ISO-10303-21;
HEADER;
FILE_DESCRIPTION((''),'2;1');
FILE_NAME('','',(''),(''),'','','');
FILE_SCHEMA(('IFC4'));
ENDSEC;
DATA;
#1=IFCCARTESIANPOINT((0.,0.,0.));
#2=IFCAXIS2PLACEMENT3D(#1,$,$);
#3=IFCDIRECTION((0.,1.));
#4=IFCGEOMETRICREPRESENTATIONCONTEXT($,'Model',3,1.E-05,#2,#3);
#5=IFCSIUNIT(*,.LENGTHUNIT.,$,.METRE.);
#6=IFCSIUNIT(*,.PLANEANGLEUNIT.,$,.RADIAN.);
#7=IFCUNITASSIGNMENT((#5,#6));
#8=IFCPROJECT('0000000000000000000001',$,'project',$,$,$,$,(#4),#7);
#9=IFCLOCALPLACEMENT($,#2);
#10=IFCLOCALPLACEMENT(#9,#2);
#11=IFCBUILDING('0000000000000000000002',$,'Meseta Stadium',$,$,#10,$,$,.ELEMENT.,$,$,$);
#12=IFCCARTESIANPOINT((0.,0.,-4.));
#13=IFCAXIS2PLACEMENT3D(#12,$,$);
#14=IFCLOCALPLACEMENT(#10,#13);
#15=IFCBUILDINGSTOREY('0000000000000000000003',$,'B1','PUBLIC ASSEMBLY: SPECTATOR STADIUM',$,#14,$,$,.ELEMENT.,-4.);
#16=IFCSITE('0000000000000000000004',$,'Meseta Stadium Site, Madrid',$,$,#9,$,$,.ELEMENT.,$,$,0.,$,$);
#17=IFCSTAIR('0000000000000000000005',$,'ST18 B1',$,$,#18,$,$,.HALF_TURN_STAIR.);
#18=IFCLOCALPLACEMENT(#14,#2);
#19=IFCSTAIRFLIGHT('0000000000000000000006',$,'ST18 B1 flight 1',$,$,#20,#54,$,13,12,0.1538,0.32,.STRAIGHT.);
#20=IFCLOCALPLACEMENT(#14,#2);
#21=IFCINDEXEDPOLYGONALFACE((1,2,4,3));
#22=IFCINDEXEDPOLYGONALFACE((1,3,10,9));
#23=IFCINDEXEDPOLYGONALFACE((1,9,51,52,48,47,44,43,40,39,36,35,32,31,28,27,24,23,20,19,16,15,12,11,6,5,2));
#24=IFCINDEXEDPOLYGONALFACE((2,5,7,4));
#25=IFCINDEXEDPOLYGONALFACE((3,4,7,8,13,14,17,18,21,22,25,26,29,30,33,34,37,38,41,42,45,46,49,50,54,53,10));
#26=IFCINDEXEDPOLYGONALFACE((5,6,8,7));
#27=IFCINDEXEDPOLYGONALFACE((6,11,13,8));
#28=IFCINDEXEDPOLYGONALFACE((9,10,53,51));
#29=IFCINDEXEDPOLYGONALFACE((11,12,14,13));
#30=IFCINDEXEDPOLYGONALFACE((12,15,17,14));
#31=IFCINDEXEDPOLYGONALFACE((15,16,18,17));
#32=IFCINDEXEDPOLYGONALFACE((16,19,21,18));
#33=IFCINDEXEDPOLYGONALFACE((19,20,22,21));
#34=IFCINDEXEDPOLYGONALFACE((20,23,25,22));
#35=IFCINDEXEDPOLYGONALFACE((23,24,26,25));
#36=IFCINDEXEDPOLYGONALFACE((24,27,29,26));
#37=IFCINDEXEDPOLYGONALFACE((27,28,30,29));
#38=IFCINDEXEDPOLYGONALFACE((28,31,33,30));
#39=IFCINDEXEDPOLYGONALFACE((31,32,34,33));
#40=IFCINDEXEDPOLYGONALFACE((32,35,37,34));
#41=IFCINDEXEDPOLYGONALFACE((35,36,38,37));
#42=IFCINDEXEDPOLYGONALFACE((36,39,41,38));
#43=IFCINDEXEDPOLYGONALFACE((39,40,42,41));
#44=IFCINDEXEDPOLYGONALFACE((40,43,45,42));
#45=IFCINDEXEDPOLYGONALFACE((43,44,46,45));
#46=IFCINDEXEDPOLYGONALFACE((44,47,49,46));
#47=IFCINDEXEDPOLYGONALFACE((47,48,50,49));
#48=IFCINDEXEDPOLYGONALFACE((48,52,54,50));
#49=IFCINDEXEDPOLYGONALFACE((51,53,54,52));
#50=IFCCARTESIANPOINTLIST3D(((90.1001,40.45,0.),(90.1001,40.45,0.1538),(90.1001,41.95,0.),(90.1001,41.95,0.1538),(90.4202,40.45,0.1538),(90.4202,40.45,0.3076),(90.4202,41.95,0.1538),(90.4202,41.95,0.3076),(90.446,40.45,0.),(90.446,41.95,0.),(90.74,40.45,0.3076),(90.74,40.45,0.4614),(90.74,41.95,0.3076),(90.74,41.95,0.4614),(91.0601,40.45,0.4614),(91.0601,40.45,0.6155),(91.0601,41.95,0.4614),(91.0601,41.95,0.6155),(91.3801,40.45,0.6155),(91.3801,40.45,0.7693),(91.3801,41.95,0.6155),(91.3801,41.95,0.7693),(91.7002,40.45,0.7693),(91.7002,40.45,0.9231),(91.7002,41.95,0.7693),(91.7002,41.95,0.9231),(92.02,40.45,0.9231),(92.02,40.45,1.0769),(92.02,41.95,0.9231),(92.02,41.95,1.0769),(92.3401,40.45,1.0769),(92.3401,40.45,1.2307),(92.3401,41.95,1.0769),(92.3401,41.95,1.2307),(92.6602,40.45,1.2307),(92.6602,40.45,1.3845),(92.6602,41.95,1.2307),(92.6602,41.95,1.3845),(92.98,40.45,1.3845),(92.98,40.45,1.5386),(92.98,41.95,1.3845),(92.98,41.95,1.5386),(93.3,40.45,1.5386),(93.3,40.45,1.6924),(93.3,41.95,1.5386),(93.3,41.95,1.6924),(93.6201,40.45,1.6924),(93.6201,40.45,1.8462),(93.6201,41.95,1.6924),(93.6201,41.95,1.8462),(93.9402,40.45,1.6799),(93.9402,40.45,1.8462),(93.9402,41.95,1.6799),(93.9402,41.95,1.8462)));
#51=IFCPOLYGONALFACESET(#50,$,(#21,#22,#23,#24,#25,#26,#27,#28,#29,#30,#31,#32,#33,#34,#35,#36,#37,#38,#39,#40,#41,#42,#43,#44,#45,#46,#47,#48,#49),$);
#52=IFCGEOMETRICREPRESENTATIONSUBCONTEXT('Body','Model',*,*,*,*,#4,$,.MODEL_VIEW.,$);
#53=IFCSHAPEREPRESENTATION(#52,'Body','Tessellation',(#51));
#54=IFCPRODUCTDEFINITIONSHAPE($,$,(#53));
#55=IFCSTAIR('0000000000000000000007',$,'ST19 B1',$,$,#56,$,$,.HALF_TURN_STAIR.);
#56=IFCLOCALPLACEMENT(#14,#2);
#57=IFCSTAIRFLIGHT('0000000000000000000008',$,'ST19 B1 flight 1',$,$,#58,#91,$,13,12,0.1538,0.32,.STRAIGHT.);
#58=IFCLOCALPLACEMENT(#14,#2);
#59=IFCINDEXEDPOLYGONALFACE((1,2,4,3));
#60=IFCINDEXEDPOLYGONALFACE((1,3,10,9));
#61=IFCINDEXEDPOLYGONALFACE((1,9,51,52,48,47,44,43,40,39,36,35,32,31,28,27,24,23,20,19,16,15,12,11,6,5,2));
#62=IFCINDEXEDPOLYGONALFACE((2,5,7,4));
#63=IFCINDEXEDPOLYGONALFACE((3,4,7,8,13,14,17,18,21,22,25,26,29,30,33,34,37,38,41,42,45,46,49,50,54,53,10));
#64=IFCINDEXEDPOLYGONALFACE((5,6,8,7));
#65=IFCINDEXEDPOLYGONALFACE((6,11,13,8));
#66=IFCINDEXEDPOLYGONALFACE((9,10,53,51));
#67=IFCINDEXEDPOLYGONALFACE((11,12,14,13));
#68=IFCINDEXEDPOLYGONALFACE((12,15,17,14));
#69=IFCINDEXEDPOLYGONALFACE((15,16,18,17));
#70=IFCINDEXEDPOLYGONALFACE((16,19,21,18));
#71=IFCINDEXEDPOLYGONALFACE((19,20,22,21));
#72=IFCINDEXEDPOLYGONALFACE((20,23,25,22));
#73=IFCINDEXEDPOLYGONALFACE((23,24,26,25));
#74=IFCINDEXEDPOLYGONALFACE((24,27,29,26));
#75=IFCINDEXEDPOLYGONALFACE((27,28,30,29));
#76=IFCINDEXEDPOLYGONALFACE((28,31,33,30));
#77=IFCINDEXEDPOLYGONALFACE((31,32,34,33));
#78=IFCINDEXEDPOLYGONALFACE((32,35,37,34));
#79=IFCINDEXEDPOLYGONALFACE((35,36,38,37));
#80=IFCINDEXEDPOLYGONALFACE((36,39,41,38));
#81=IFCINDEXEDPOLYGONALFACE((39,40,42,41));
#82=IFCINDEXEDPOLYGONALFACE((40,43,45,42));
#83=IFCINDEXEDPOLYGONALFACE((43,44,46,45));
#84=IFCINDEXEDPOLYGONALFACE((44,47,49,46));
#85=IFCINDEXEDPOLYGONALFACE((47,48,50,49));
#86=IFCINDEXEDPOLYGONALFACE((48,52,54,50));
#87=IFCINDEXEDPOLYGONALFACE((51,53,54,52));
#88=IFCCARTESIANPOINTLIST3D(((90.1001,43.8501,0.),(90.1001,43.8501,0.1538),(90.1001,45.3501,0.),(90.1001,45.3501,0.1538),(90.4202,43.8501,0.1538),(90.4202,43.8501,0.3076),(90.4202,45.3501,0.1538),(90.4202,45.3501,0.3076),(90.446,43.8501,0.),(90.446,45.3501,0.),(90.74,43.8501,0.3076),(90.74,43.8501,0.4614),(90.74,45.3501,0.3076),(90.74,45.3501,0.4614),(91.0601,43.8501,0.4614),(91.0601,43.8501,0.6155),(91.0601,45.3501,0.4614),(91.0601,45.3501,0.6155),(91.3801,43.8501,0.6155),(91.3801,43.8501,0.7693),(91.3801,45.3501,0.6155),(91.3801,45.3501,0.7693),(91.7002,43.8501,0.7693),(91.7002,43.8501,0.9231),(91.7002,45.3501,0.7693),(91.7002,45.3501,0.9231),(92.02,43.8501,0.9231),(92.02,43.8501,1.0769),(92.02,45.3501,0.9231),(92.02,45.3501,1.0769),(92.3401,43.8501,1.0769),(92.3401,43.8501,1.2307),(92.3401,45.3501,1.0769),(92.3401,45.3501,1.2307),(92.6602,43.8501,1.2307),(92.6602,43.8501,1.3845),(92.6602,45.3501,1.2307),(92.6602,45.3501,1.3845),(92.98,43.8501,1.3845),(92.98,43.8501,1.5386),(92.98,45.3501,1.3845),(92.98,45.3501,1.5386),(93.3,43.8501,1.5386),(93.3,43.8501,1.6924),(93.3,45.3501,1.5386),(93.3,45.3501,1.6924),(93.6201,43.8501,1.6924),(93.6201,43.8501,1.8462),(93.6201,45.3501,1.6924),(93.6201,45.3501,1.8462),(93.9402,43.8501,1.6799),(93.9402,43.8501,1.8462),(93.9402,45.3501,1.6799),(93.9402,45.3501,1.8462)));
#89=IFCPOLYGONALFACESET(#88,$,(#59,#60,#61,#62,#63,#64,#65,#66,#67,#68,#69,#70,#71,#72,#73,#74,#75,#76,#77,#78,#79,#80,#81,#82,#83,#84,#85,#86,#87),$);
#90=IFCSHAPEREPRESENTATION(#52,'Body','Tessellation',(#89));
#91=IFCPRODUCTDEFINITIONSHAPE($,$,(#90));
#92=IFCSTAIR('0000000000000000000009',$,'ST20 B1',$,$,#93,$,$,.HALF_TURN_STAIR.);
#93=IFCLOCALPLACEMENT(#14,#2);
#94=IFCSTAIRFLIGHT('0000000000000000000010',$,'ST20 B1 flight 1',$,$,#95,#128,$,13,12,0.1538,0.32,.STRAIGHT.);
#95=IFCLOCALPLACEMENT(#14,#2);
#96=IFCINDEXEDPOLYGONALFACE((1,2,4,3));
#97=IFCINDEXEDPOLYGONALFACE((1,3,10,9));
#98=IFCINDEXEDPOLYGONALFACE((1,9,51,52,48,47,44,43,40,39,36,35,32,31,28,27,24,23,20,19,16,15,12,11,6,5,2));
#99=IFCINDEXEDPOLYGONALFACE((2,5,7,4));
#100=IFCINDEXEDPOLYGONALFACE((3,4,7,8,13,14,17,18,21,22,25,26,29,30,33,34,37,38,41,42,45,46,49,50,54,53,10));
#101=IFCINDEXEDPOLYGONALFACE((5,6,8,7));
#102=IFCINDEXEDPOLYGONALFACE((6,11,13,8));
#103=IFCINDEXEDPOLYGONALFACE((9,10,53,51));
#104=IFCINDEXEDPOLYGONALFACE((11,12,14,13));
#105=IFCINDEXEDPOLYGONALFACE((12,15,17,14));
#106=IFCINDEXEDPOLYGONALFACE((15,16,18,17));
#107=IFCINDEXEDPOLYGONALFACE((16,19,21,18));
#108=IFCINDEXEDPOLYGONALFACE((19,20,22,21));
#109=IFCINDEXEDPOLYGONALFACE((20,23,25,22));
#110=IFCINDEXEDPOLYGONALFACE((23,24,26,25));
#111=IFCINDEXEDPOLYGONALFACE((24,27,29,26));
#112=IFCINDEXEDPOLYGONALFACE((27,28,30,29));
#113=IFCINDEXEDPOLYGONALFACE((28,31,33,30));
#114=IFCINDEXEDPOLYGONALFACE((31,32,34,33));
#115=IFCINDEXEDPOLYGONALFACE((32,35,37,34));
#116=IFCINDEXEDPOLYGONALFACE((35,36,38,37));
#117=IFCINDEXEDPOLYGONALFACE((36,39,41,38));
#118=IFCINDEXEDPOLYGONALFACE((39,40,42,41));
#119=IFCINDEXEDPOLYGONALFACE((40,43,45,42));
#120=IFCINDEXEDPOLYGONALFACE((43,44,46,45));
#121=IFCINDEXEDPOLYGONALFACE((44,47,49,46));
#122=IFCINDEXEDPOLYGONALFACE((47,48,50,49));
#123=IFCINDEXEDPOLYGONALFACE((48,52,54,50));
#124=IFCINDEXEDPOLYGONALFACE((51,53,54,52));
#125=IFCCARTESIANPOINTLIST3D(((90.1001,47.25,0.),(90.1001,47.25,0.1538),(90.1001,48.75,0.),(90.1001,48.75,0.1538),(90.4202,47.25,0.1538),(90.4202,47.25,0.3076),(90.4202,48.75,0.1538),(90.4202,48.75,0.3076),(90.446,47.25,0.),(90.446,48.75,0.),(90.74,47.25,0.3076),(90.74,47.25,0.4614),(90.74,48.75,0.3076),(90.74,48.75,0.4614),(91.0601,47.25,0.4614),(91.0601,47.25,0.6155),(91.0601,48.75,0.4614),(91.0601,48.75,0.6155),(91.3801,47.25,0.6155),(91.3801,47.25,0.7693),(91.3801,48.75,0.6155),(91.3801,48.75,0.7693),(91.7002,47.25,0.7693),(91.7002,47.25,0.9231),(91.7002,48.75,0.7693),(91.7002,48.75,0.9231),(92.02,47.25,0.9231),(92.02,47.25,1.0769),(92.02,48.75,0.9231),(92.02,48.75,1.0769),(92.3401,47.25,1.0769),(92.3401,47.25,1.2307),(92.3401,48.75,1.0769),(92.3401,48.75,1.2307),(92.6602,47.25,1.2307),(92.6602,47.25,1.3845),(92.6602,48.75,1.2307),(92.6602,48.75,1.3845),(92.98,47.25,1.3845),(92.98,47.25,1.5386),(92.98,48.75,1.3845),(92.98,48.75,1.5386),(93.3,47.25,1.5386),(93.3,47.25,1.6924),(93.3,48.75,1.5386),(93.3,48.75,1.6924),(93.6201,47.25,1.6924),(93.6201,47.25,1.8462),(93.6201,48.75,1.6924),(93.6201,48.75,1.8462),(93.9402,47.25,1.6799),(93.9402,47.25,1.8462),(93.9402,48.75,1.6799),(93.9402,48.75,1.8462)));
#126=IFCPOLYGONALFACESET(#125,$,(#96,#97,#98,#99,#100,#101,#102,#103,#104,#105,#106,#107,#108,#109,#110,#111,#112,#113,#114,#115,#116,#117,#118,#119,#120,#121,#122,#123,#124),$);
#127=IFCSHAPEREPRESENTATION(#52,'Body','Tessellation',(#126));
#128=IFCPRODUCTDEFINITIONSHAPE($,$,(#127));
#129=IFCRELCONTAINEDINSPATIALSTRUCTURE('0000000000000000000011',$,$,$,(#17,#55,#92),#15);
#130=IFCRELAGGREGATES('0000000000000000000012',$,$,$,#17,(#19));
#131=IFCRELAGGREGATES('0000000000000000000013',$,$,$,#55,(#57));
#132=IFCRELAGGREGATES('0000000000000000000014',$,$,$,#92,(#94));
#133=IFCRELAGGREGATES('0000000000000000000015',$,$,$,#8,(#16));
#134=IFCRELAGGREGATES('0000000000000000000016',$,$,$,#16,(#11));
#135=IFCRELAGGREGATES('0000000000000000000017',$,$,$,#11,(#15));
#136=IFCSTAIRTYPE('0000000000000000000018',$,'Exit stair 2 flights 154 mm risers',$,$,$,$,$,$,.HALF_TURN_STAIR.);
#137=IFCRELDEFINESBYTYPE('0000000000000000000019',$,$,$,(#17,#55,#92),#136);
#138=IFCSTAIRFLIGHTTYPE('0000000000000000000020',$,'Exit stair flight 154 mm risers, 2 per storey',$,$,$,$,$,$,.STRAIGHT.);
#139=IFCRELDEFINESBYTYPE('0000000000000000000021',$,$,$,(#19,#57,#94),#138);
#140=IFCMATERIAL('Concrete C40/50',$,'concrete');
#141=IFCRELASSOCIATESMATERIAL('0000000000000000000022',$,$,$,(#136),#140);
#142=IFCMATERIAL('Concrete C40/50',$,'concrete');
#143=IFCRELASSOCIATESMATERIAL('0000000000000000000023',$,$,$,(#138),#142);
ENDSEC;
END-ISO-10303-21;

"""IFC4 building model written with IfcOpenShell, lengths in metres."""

from ifc_helpers import new_model, si_unit, direction, frame, origin, place, context, subcontext, project, spatial, polyline, outline, extrude, material, type_object, element, aggregate, save


model = new_model("IFC4")

# Units and contexts
model_context = context("Model", 3, precision=1e-05, world=origin(), true_north=direction((0.0, 1.0)))
body_context = subcontext(model_context, "Body", "Model", "MODEL_VIEW")
ifc_project = project(units=[si_unit("LENGTHUNIT", "METRE"), si_unit("PLANEANGLEUNIT", "RADIAN")], contexts=[model_context])

# Site, building, storey
site_placement = place(None, origin())
site = spatial("IfcSite", under=ifc_project, at=site_placement, Name="Meseta Stadium Site, Madrid", CompositionType="ELEMENT", RefElevation=0.0)
building_placement = place(site_placement, origin())
building = spatial("IfcBuilding", under=site, at=building_placement, Name="Meseta Stadium", CompositionType="ELEMENT")
storey_placement = place(building_placement, frame((0.0, 0.0, -4.0)))
storey = spatial("IfcBuildingStorey", under=building, at=storey_placement, Name="B1", Description="PUBLIC ASSEMBLY: SPECTATOR STADIUM", CompositionType="ELEMENT", Elevation=-4.0)

# Shared definitions
ifc_material_1 = material(Name="Concrete C40/50", Category="concrete")
stair_type = type_object("IfcStairType", Name="Exit stair 2 flights 154 mm risers", PredefinedType="HALF_TURN_STAIR", material=ifc_material_1)
ifc_material_2 = material(Name="Concrete C40/50", Category="concrete")
stair_flight_type = type_object("IfcStairFlightType", Name="Exit stair flight 154 mm risers, 2 per storey", PredefinedType="STRAIGHT", material=ifc_material_2)

# Stairs, stair flights
stair_1_placement = place(storey_placement, origin())
stair_1 = element("IfcStair", 1, at=stair_1_placement, inside=storey, type_object=stair_type, Name="ST18 B1", PredefinedType="HALF_TURN_STAIR")
stair_flight_1_placement = place(storey_placement, frame((90.1001, 41.2, 0.0), z_axis=(0.0, 0.0, 1.0), x_axis=(1.0, 0.0, 0.0)))
stair_flight_1 = element("IfcStairFlight", 2, at=stair_flight_1_placement, type_object=stair_flight_type, Name="ST18 B1 flight 1", NumberOfRisers=13, NumberOfTreads=12, PredefinedType="STRAIGHT", RiserHeight=0.1538, TreadLength=0.32, context=body_context, shape_type="SweptSolid", body=[
    extrude(outline(polyline([(0.0, 0.0), (0.0, 0.1538), (0.3201, 0.1538), (0.3201, 0.3076), (0.6399, 0.3076), (0.6399, 0.4614), (0.96, 0.4614), (0.96, 0.6155), (1.28, 0.6155), (1.28, 0.7693), (1.6001, 0.7693), (1.6001, 0.9231), (1.9199, 0.9231), (1.9199, 1.0769), (2.24, 1.0769), (2.24, 1.2307), (2.5601, 1.2307), (2.5601, 1.3845), (2.8799, 1.3845), (2.8799, 1.5386), (3.2, 1.5386), (3.2, 1.6924), (3.52, 1.6924), (3.52, 1.8462), (3.8401, 1.8462), (3.8401, 1.6799), (0.3459, 0.0), (0.0, 0.0)])), frame((0.0, 0.75, 0.0), z_axis=(0.0, -1.0, 0.0), x_axis=(1.0, 0.0, 0.0)), (0.0, 0.0, 1.0), 1.5),
])
aggregate(stair_1, [stair_flight_1])
stair_2_placement = place(storey_placement, origin())
stair_2 = element("IfcStair", 3, at=stair_2_placement, inside=storey, type_object=stair_type, Name="ST19 B1", PredefinedType="HALF_TURN_STAIR")
stair_flight_2_placement = place(storey_placement, frame((90.1001, 44.6001, 0.0), z_axis=(0.0, 0.0, 1.0), x_axis=(1.0, 0.0, 0.0)))
stair_flight_2 = element("IfcStairFlight", 4, at=stair_flight_2_placement, type_object=stair_flight_type, Name="ST19 B1 flight 1", NumberOfRisers=13, NumberOfTreads=12, PredefinedType="STRAIGHT", RiserHeight=0.1538, TreadLength=0.32, context=body_context, shape_type="SweptSolid", body=[
    extrude(outline(polyline([(0.0, 0.0), (0.0, 0.1538), (0.3201, 0.1538), (0.3201, 0.3076), (0.6399, 0.3076), (0.6399, 0.4614), (0.96, 0.4614), (0.96, 0.6155), (1.28, 0.6155), (1.28, 0.7693), (1.6001, 0.7693), (1.6001, 0.9231), (1.9199, 0.9231), (1.9199, 1.0769), (2.24, 1.0769), (2.24, 1.2307), (2.5601, 1.2307), (2.5601, 1.3845), (2.8799, 1.3845), (2.8799, 1.5386), (3.2, 1.5386), (3.2, 1.6924), (3.52, 1.6924), (3.52, 1.8462), (3.8401, 1.8462), (3.8401, 1.6799), (0.3459, 0.0), (0.0, 0.0)])), frame((0.0, 0.75, 0.0), z_axis=(0.0, -1.0, 0.0), x_axis=(1.0, 0.0, 0.0)), (0.0, 0.0, 1.0), 1.5),
])
aggregate(stair_2, [stair_flight_2])
stair_3_placement = place(storey_placement, origin())
stair_3 = element("IfcStair", 5, at=stair_3_placement, inside=storey, type_object=stair_type, Name="ST20 B1", PredefinedType="HALF_TURN_STAIR")
stair_flight_3_placement = place(storey_placement, frame((90.1001, 48.0, 0.0), z_axis=(0.0, 0.0, 1.0), x_axis=(1.0, 0.0, 0.0)))
stair_flight_3 = element("IfcStairFlight", 6, at=stair_flight_3_placement, type_object=stair_flight_type, Name="ST20 B1 flight 1", NumberOfRisers=13, NumberOfTreads=12, PredefinedType="STRAIGHT", RiserHeight=0.1538, TreadLength=0.32, context=body_context, shape_type="SweptSolid", body=[
    extrude(outline(polyline([(0.0, 0.0), (0.0, 0.1538), (0.3201, 0.1538), (0.3201, 0.3076), (0.6399, 0.3076), (0.6399, 0.4614), (0.96, 0.4614), (0.96, 0.6155), (1.28, 0.6155), (1.28, 0.7693), (1.6001, 0.7693), (1.6001, 0.9231), (1.9199, 0.9231), (1.9199, 1.0769), (2.24, 1.0769), (2.24, 1.2307), (2.5601, 1.2307), (2.5601, 1.3845), (2.8799, 1.3845), (2.8799, 1.5386), (3.2, 1.5386), (3.2, 1.6924), (3.52, 1.6924), (3.52, 1.8462), (3.8401, 1.8462), (3.8401, 1.6799), (0.3459, 0.0), (0.0, 0.0)])), frame((0.0, 0.75, 0.0), z_axis=(0.0, -1.0, 0.0), x_axis=(1.0, 0.0, 0.0)), (0.0, 0.0, 1.0), 1.5),
])
aggregate(stair_3, [stair_flight_3])

save(model, "model.ifc")
